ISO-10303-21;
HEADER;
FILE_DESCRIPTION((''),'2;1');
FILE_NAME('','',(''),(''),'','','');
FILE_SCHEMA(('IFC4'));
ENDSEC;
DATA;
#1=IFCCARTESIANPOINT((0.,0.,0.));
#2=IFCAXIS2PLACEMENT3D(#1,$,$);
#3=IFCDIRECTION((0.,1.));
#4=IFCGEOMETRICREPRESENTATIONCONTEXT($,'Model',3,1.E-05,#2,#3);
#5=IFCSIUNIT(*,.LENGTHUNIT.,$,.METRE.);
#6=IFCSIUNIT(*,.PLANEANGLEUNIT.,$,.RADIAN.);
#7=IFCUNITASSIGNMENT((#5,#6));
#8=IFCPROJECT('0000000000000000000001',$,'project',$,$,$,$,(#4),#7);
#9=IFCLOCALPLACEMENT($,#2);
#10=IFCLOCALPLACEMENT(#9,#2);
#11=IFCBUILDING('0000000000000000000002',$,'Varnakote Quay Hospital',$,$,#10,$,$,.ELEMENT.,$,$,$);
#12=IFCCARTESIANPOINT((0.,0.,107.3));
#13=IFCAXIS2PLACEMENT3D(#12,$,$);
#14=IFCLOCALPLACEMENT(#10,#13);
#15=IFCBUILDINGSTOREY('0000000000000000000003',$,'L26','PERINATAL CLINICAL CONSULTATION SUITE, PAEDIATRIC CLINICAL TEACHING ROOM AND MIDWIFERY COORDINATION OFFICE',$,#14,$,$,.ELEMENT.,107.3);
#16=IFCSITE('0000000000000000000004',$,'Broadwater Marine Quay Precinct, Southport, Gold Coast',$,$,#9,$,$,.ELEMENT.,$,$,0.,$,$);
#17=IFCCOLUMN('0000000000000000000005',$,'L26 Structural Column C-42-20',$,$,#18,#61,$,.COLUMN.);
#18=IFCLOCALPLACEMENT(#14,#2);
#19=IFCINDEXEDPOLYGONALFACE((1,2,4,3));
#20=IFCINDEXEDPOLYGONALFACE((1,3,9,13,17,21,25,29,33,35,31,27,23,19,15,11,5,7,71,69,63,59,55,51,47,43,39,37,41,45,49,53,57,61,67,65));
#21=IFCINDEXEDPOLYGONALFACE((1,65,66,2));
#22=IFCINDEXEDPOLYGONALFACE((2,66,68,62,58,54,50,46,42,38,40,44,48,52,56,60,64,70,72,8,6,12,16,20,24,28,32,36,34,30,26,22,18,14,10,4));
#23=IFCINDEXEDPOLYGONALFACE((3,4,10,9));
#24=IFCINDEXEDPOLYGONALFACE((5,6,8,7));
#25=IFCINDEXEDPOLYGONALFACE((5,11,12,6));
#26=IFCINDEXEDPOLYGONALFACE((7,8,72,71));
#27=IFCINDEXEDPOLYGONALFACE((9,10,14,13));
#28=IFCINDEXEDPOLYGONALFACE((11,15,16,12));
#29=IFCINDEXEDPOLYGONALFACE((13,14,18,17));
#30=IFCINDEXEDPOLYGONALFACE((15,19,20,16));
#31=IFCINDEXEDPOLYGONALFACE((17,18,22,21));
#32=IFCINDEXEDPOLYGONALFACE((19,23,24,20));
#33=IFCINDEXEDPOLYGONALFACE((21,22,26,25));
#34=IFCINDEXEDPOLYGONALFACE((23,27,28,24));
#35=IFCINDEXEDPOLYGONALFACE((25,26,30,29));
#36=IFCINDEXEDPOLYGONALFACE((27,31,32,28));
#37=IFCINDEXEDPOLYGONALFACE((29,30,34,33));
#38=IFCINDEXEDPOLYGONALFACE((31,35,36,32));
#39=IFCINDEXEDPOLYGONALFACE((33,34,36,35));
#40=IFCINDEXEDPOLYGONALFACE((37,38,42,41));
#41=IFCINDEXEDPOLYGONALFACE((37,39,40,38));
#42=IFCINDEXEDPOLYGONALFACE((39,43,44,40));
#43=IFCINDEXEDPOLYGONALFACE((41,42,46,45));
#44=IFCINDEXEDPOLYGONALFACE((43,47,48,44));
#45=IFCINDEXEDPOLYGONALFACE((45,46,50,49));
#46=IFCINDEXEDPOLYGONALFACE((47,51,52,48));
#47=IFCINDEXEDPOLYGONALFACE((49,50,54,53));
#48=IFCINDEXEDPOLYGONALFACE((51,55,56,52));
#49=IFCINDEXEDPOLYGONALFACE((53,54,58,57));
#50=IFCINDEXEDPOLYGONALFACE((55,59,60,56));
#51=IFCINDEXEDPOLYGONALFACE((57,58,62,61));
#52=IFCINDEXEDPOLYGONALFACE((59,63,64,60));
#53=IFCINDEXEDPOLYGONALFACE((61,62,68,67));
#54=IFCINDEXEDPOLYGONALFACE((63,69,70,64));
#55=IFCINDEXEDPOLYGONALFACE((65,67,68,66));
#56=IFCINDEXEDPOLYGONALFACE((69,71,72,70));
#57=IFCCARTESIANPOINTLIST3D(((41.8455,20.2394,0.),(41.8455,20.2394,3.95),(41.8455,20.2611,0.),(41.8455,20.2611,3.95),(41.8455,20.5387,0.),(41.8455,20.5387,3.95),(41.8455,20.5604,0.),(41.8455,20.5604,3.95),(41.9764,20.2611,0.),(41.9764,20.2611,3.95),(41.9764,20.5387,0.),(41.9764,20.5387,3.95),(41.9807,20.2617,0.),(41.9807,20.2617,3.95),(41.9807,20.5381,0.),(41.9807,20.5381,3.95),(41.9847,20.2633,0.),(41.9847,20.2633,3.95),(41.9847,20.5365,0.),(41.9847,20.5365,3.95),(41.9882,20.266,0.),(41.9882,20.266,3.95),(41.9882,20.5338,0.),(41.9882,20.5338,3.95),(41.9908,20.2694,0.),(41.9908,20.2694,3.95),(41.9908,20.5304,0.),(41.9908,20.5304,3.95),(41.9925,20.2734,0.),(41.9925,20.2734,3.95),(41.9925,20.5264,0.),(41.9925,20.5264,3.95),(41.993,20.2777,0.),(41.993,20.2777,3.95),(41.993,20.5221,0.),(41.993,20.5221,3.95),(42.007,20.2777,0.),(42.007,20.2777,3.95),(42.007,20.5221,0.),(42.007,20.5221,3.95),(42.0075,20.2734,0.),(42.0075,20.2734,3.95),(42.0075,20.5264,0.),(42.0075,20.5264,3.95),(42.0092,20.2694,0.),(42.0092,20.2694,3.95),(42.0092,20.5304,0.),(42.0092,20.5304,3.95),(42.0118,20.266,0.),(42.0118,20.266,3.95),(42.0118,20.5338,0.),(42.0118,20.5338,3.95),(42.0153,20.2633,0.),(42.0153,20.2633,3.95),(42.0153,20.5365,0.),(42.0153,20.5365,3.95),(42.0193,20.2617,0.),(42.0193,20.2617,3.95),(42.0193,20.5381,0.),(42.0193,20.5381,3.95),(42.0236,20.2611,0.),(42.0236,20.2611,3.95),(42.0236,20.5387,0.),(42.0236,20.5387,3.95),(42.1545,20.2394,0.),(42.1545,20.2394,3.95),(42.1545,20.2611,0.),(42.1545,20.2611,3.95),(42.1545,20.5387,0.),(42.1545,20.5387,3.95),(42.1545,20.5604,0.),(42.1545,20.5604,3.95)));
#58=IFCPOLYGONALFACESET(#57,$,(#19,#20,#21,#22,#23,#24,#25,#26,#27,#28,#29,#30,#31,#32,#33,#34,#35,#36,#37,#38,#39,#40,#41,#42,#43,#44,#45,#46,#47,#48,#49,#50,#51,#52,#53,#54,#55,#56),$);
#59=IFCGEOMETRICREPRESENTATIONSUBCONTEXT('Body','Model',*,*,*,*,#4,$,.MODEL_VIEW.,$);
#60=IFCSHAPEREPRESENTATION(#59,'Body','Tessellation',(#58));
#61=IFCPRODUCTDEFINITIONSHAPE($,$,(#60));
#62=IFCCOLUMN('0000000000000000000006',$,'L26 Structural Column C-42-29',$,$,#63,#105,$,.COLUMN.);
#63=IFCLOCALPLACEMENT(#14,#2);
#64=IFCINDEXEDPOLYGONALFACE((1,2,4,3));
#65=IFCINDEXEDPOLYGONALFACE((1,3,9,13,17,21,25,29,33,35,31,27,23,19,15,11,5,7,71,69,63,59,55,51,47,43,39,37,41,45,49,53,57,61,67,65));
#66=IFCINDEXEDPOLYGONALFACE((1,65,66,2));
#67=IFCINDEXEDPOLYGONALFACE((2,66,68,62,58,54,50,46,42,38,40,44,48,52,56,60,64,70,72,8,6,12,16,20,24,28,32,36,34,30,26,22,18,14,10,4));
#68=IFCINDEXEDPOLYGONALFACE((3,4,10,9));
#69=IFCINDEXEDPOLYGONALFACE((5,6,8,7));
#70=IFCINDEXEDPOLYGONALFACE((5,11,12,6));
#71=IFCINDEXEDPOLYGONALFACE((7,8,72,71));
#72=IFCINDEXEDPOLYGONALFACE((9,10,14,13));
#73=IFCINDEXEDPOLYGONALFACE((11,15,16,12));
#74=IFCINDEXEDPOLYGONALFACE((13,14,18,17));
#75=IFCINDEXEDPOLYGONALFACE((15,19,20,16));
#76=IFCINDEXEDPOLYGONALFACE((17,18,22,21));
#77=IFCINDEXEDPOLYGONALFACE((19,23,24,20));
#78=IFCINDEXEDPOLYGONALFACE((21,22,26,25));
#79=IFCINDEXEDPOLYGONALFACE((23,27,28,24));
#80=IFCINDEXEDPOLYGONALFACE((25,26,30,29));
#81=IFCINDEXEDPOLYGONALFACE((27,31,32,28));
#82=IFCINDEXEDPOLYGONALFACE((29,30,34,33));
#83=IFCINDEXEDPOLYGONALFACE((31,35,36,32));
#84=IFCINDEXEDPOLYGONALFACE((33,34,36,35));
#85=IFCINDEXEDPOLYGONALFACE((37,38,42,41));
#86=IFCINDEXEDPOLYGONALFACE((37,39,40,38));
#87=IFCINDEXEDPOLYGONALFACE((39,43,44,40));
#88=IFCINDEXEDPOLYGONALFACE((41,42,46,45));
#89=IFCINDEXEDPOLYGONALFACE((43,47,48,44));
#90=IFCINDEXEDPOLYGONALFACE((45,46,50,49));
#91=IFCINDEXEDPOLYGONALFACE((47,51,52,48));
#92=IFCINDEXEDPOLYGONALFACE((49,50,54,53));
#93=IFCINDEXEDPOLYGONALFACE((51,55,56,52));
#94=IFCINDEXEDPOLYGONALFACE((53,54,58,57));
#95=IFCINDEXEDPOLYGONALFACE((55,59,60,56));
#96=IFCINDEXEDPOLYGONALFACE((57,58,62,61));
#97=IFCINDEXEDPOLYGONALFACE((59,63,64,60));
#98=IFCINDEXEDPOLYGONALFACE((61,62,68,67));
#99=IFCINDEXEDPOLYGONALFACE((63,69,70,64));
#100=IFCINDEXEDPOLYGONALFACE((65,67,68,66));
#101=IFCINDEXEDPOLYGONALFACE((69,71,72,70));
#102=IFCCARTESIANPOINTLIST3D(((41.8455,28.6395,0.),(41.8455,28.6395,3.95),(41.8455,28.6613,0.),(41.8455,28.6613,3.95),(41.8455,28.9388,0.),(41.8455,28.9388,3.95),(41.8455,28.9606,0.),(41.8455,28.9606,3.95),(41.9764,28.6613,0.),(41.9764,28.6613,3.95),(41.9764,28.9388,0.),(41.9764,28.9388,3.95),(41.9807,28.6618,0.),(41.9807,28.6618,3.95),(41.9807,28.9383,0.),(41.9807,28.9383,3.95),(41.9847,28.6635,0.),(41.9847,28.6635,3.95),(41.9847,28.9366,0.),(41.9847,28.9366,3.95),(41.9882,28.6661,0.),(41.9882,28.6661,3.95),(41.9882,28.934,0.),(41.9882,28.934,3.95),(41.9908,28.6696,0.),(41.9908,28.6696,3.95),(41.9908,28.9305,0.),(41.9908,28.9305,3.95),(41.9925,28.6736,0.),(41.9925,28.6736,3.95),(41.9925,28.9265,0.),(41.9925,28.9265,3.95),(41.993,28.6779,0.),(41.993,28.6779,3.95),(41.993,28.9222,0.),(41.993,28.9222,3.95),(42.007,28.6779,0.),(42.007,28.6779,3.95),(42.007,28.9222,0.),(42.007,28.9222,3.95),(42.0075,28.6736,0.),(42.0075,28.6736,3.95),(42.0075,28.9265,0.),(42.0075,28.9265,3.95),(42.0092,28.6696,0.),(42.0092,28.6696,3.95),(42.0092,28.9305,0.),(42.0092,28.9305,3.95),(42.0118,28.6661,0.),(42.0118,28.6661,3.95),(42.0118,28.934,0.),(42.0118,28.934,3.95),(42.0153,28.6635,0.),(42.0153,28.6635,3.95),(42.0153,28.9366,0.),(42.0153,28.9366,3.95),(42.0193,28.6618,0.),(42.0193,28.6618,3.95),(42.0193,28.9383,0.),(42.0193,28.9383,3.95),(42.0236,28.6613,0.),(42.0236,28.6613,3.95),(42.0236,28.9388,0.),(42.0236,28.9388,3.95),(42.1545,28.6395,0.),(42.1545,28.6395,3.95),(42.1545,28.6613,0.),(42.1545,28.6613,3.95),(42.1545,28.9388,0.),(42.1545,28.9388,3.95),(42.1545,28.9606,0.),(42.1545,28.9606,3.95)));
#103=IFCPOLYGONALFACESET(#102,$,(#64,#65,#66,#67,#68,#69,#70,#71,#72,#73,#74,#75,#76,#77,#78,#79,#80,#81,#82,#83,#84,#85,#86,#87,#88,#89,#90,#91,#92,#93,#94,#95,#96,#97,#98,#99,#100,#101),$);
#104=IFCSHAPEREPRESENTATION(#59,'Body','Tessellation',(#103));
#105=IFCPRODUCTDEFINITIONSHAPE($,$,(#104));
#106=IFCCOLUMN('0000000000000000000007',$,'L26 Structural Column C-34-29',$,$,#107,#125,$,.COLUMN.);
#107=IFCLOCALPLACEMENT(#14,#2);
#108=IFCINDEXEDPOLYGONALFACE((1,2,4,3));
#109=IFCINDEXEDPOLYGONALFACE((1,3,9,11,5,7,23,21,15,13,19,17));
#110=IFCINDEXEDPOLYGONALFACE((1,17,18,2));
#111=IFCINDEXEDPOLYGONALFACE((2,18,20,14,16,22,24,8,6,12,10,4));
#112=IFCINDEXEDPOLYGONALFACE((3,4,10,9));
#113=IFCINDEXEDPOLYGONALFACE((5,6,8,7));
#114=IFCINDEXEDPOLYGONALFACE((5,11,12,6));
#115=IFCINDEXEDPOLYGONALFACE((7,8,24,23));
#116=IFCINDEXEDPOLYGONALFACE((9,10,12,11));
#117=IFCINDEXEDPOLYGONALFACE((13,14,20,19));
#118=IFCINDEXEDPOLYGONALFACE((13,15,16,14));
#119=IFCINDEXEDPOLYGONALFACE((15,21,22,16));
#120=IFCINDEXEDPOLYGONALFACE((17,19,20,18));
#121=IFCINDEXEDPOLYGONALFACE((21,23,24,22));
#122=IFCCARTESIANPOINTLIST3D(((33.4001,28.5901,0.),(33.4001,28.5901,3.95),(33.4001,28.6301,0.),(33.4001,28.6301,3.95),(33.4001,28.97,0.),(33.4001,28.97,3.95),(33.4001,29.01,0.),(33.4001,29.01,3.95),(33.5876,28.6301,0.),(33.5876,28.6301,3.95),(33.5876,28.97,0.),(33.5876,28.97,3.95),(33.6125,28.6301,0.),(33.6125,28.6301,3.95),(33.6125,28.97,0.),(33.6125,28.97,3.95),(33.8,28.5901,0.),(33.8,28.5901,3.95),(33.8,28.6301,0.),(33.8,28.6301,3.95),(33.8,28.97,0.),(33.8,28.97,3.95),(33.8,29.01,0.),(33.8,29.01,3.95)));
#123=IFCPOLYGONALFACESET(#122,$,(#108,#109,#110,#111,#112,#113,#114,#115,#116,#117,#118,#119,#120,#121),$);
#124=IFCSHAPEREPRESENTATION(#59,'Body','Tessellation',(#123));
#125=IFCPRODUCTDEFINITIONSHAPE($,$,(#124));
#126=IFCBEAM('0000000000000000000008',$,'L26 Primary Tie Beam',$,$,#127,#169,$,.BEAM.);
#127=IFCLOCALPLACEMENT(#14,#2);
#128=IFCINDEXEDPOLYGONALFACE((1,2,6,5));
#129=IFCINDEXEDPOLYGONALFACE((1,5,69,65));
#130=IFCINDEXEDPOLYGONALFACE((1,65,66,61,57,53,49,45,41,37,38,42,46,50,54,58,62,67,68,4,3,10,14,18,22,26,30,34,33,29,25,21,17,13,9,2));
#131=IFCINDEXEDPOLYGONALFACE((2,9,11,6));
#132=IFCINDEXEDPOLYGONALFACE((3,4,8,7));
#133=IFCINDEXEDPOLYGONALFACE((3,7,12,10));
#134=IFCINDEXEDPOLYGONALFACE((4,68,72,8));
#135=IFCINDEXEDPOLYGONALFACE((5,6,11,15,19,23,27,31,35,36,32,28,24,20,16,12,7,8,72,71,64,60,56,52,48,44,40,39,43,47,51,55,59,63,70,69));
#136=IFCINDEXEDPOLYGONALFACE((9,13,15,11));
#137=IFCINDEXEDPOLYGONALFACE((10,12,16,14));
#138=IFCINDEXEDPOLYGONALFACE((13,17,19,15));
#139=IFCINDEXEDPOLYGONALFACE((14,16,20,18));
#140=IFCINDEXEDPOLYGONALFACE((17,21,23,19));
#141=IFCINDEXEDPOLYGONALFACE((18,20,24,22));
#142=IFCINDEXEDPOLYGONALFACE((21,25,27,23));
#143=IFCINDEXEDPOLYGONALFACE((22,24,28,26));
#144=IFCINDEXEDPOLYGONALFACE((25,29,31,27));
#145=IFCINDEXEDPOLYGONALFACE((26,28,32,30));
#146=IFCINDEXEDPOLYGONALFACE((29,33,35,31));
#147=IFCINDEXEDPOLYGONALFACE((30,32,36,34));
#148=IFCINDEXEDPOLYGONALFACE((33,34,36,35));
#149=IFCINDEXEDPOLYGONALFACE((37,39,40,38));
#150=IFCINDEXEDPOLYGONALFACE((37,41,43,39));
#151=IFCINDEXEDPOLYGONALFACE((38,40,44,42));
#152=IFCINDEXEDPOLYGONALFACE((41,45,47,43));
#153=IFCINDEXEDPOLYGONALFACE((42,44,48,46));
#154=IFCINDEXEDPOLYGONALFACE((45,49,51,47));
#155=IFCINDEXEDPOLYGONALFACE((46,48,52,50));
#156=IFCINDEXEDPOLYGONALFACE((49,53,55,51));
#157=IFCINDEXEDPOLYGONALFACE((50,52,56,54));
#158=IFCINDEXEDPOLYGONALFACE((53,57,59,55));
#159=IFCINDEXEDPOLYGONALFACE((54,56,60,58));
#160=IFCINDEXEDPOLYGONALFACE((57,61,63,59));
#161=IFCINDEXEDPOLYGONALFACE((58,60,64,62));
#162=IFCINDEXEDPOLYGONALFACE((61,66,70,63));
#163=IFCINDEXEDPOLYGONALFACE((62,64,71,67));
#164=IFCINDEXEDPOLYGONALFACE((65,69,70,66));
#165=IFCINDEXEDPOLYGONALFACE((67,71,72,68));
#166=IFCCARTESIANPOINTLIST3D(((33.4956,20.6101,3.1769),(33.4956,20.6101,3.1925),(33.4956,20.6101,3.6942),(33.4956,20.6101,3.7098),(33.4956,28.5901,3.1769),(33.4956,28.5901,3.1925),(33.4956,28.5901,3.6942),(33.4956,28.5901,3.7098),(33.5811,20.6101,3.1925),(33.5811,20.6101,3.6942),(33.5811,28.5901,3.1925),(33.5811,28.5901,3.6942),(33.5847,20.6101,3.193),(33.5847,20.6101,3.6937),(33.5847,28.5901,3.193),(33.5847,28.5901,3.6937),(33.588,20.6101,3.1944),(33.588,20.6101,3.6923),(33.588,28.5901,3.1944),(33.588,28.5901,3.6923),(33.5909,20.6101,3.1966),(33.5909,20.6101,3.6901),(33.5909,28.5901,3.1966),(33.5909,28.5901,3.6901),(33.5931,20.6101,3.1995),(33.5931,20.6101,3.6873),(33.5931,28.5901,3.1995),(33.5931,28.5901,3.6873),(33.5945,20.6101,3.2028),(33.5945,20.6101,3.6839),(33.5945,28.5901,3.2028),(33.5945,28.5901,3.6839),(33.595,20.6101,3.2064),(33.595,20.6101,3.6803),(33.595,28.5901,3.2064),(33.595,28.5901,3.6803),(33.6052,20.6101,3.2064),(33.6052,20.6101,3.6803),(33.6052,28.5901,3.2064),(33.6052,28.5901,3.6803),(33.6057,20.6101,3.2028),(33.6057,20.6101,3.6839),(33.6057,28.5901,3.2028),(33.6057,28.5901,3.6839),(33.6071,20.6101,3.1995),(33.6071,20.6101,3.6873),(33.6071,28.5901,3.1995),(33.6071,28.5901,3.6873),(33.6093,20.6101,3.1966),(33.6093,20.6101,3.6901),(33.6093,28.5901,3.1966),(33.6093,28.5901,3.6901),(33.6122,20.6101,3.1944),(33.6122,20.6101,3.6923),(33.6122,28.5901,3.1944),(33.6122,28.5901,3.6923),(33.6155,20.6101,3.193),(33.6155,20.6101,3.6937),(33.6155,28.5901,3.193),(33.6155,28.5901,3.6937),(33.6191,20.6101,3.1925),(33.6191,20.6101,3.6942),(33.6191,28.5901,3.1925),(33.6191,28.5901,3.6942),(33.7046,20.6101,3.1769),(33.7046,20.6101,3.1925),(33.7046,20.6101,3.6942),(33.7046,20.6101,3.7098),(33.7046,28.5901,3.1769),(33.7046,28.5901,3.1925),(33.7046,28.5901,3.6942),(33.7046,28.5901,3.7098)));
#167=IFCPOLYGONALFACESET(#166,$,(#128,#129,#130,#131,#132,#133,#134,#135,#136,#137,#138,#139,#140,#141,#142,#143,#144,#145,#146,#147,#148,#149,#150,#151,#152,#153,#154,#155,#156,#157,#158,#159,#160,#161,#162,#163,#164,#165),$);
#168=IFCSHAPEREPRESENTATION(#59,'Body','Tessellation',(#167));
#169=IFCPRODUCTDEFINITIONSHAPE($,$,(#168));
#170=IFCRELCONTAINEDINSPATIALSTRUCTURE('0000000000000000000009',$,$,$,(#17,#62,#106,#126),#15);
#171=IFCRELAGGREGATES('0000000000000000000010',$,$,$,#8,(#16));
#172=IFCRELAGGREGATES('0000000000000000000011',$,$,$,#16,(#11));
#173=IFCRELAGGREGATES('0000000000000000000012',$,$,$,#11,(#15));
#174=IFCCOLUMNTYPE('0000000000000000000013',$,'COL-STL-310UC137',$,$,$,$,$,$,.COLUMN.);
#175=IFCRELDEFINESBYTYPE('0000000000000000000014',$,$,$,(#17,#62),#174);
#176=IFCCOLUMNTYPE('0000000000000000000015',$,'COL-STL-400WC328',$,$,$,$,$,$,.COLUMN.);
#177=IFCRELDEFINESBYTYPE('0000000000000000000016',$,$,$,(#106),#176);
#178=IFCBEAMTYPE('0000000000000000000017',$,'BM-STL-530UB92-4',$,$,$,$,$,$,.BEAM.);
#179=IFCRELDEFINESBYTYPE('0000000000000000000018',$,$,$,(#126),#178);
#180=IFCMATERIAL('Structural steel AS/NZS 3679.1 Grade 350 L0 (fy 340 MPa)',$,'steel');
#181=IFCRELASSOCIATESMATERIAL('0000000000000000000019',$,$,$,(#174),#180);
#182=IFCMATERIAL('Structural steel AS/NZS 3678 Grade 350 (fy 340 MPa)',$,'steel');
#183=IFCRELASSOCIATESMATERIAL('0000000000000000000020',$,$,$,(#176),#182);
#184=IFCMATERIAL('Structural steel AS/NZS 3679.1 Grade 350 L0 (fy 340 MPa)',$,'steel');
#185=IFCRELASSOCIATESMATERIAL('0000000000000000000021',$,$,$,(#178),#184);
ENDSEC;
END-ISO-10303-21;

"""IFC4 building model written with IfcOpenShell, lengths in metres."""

from ifc_helpers import new_model, si_unit, direction, frame, origin, origin_2d, place, context, subcontext, project, spatial, i_section, extrude, material, material_profile, profile_set, type_object, element, save


model = new_model("IFC4")

# Units and contexts
model_context = context("Model", 3, precision=1e-05, world=origin(), true_north=direction((0.0, 1.0)))
body_context = subcontext(model_context, "Body", "Model", "MODEL_VIEW")
ifc_project = project(units=[si_unit("LENGTHUNIT", "METRE"), si_unit("PLANEANGLEUNIT", "RADIAN")], contexts=[model_context])

# Site, building, storey
site_placement = place(None, origin())
site = spatial("IfcSite", under=ifc_project, at=site_placement, Name="Broadwater Marine Quay Precinct, Southport, Gold Coast", CompositionType="ELEMENT", RefElevation=0.0)
building_placement = place(site_placement, origin())
building = spatial("IfcBuilding", under=site, at=building_placement, Name="Varnakote Quay Hospital", CompositionType="ELEMENT")
storey_placement = place(building_placement, frame((0.0, 0.0, 107.3)))
storey = spatial("IfcBuildingStorey", under=building, at=storey_placement, Name="L26", Description="PERINATAL CLINICAL CONSULTATION SUITE, PAEDIATRIC CLINICAL TEACHING ROOM AND MIDWIFERY COORDINATION OFFICE", CompositionType="ELEMENT", Elevation=107.3)

# Columns
ifc_material_1 = material(Name="Structural steel AS/NZS 3679.1 Grade 350 L0 (fy 340 MPa)", Category="steel")
ifc_material_profile_1 = material_profile(ifc_material_1, i_section(OverallWidth=0.3091, OverallDepth=0.321, WebThickness=0.0139, FlangeThickness=0.0217, FilletRadius=0.0166, at=origin_2d()), Name="310UC137")
ifc_profile_set_1 = profile_set([ifc_material_profile_1], Name="Structural steel AS/NZS 3679.1 Grade 350 L0 (fy 340 MPa)")
column_type_1 = type_object("IfcColumnType", Name="COL-STL-310UC137", PredefinedType="COLUMN", material=ifc_profile_set_1)
for number, where, z_axis, x_axis, name in (
    (1, (42.0, 20.3999, 0.0), (0.0, 0.0, 1.0), (1.0, 0.0, 0.0), "L26 Structural Column C-42-20"),
    (2, (42.0, 28.8, 0.0), (0.0, 0.0, 1.0), (1.0, 0.0, 0.0), "L26 Structural Column C-42-29"),
):
    element("IfcColumn", number, at=place(storey_placement, frame(where, z_axis=z_axis, x_axis=x_axis)), inside=storey, type_object=column_type_1, Name=name, PredefinedType="COLUMN", context=body_context, shape_type="SweptSolid", body=[
        extrude(i_section(OverallWidth=0.3091, OverallDepth=0.321, WebThickness=0.0139, FlangeThickness=0.0217, FilletRadius=0.0166, at=origin_2d()), origin(), (0.0, 0.0, 1.0), 3.95),
    ])
ifc_material_2 = material(Name="Structural steel AS/NZS 3678 Grade 350 (fy 340 MPa)", Category="steel")
ifc_material_profile_2 = material_profile(ifc_material_2, i_section(OverallWidth=0.3999, OverallDepth=0.4199, WebThickness=0.0249, FlangeThickness=0.04, at=origin_2d()), Name="400WC328")
ifc_profile_set_2 = profile_set([ifc_material_profile_2], Name="Structural steel AS/NZS 3678 Grade 350 (fy 340 MPa)")
column_type_2 = type_object("IfcColumnType", Name="COL-STL-400WC328", PredefinedType="COLUMN", material=ifc_profile_set_2)
column_placement = place(storey_placement, frame((33.6001, 28.8, 0.0), z_axis=(0.0, 0.0, 1.0), x_axis=(1.0, 0.0, 0.0)))
element("IfcColumn", 3, at=column_placement, inside=storey, type_object=column_type_2, Name="L26 Structural Column C-34-29", PredefinedType="COLUMN", context=body_context, shape_type="SweptSolid", body=[
    extrude(i_section(OverallWidth=0.3999, OverallDepth=0.4199, WebThickness=0.0249, FlangeThickness=0.04, at=origin_2d()), origin(), (0.0, 0.0, 1.0), 3.95),
])

# Beam
ifc_material_3 = material(Name="Structural steel AS/NZS 3679.1 Grade 350 L0 (fy 340 MPa)", Category="steel")
ifc_material_profile_3 = material_profile(ifc_material_3, i_section(OverallWidth=0.209, OverallDepth=0.533, WebThickness=0.0103, FlangeThickness=0.0156, FilletRadius=0.0139, at=origin_2d()), Name="530UB92.4")
ifc_profile_set_3 = profile_set([ifc_material_profile_3], Name="Structural steel AS/NZS 3679.1 Grade 350 L0 (fy 340 MPa)")
beam_type_1 = type_object("IfcBeamType", Name="BM-STL-530UB92-4", PredefinedType="BEAM", material=ifc_profile_set_3)
beam_1_placement = place(storey_placement, frame((33.6001, 20.6101, 3.4434), z_axis=(0.0, 1.0, 0.0), x_axis=(-1.0, 0.0, 0.0)))
element("IfcBeam", 4, at=beam_1_placement, inside=storey, type_object=beam_type_1, Name="L26 Primary Tie Beam", PredefinedType="BEAM", context=body_context, shape_type="SweptSolid", body=[
    extrude(i_section(OverallWidth=0.209, OverallDepth=0.533, WebThickness=0.0103, FlangeThickness=0.0156, FilletRadius=0.0139, at=origin_2d()), origin(), (0.0, 0.0, 1.0), 7.98),
])

save(model, "model.ifc")
